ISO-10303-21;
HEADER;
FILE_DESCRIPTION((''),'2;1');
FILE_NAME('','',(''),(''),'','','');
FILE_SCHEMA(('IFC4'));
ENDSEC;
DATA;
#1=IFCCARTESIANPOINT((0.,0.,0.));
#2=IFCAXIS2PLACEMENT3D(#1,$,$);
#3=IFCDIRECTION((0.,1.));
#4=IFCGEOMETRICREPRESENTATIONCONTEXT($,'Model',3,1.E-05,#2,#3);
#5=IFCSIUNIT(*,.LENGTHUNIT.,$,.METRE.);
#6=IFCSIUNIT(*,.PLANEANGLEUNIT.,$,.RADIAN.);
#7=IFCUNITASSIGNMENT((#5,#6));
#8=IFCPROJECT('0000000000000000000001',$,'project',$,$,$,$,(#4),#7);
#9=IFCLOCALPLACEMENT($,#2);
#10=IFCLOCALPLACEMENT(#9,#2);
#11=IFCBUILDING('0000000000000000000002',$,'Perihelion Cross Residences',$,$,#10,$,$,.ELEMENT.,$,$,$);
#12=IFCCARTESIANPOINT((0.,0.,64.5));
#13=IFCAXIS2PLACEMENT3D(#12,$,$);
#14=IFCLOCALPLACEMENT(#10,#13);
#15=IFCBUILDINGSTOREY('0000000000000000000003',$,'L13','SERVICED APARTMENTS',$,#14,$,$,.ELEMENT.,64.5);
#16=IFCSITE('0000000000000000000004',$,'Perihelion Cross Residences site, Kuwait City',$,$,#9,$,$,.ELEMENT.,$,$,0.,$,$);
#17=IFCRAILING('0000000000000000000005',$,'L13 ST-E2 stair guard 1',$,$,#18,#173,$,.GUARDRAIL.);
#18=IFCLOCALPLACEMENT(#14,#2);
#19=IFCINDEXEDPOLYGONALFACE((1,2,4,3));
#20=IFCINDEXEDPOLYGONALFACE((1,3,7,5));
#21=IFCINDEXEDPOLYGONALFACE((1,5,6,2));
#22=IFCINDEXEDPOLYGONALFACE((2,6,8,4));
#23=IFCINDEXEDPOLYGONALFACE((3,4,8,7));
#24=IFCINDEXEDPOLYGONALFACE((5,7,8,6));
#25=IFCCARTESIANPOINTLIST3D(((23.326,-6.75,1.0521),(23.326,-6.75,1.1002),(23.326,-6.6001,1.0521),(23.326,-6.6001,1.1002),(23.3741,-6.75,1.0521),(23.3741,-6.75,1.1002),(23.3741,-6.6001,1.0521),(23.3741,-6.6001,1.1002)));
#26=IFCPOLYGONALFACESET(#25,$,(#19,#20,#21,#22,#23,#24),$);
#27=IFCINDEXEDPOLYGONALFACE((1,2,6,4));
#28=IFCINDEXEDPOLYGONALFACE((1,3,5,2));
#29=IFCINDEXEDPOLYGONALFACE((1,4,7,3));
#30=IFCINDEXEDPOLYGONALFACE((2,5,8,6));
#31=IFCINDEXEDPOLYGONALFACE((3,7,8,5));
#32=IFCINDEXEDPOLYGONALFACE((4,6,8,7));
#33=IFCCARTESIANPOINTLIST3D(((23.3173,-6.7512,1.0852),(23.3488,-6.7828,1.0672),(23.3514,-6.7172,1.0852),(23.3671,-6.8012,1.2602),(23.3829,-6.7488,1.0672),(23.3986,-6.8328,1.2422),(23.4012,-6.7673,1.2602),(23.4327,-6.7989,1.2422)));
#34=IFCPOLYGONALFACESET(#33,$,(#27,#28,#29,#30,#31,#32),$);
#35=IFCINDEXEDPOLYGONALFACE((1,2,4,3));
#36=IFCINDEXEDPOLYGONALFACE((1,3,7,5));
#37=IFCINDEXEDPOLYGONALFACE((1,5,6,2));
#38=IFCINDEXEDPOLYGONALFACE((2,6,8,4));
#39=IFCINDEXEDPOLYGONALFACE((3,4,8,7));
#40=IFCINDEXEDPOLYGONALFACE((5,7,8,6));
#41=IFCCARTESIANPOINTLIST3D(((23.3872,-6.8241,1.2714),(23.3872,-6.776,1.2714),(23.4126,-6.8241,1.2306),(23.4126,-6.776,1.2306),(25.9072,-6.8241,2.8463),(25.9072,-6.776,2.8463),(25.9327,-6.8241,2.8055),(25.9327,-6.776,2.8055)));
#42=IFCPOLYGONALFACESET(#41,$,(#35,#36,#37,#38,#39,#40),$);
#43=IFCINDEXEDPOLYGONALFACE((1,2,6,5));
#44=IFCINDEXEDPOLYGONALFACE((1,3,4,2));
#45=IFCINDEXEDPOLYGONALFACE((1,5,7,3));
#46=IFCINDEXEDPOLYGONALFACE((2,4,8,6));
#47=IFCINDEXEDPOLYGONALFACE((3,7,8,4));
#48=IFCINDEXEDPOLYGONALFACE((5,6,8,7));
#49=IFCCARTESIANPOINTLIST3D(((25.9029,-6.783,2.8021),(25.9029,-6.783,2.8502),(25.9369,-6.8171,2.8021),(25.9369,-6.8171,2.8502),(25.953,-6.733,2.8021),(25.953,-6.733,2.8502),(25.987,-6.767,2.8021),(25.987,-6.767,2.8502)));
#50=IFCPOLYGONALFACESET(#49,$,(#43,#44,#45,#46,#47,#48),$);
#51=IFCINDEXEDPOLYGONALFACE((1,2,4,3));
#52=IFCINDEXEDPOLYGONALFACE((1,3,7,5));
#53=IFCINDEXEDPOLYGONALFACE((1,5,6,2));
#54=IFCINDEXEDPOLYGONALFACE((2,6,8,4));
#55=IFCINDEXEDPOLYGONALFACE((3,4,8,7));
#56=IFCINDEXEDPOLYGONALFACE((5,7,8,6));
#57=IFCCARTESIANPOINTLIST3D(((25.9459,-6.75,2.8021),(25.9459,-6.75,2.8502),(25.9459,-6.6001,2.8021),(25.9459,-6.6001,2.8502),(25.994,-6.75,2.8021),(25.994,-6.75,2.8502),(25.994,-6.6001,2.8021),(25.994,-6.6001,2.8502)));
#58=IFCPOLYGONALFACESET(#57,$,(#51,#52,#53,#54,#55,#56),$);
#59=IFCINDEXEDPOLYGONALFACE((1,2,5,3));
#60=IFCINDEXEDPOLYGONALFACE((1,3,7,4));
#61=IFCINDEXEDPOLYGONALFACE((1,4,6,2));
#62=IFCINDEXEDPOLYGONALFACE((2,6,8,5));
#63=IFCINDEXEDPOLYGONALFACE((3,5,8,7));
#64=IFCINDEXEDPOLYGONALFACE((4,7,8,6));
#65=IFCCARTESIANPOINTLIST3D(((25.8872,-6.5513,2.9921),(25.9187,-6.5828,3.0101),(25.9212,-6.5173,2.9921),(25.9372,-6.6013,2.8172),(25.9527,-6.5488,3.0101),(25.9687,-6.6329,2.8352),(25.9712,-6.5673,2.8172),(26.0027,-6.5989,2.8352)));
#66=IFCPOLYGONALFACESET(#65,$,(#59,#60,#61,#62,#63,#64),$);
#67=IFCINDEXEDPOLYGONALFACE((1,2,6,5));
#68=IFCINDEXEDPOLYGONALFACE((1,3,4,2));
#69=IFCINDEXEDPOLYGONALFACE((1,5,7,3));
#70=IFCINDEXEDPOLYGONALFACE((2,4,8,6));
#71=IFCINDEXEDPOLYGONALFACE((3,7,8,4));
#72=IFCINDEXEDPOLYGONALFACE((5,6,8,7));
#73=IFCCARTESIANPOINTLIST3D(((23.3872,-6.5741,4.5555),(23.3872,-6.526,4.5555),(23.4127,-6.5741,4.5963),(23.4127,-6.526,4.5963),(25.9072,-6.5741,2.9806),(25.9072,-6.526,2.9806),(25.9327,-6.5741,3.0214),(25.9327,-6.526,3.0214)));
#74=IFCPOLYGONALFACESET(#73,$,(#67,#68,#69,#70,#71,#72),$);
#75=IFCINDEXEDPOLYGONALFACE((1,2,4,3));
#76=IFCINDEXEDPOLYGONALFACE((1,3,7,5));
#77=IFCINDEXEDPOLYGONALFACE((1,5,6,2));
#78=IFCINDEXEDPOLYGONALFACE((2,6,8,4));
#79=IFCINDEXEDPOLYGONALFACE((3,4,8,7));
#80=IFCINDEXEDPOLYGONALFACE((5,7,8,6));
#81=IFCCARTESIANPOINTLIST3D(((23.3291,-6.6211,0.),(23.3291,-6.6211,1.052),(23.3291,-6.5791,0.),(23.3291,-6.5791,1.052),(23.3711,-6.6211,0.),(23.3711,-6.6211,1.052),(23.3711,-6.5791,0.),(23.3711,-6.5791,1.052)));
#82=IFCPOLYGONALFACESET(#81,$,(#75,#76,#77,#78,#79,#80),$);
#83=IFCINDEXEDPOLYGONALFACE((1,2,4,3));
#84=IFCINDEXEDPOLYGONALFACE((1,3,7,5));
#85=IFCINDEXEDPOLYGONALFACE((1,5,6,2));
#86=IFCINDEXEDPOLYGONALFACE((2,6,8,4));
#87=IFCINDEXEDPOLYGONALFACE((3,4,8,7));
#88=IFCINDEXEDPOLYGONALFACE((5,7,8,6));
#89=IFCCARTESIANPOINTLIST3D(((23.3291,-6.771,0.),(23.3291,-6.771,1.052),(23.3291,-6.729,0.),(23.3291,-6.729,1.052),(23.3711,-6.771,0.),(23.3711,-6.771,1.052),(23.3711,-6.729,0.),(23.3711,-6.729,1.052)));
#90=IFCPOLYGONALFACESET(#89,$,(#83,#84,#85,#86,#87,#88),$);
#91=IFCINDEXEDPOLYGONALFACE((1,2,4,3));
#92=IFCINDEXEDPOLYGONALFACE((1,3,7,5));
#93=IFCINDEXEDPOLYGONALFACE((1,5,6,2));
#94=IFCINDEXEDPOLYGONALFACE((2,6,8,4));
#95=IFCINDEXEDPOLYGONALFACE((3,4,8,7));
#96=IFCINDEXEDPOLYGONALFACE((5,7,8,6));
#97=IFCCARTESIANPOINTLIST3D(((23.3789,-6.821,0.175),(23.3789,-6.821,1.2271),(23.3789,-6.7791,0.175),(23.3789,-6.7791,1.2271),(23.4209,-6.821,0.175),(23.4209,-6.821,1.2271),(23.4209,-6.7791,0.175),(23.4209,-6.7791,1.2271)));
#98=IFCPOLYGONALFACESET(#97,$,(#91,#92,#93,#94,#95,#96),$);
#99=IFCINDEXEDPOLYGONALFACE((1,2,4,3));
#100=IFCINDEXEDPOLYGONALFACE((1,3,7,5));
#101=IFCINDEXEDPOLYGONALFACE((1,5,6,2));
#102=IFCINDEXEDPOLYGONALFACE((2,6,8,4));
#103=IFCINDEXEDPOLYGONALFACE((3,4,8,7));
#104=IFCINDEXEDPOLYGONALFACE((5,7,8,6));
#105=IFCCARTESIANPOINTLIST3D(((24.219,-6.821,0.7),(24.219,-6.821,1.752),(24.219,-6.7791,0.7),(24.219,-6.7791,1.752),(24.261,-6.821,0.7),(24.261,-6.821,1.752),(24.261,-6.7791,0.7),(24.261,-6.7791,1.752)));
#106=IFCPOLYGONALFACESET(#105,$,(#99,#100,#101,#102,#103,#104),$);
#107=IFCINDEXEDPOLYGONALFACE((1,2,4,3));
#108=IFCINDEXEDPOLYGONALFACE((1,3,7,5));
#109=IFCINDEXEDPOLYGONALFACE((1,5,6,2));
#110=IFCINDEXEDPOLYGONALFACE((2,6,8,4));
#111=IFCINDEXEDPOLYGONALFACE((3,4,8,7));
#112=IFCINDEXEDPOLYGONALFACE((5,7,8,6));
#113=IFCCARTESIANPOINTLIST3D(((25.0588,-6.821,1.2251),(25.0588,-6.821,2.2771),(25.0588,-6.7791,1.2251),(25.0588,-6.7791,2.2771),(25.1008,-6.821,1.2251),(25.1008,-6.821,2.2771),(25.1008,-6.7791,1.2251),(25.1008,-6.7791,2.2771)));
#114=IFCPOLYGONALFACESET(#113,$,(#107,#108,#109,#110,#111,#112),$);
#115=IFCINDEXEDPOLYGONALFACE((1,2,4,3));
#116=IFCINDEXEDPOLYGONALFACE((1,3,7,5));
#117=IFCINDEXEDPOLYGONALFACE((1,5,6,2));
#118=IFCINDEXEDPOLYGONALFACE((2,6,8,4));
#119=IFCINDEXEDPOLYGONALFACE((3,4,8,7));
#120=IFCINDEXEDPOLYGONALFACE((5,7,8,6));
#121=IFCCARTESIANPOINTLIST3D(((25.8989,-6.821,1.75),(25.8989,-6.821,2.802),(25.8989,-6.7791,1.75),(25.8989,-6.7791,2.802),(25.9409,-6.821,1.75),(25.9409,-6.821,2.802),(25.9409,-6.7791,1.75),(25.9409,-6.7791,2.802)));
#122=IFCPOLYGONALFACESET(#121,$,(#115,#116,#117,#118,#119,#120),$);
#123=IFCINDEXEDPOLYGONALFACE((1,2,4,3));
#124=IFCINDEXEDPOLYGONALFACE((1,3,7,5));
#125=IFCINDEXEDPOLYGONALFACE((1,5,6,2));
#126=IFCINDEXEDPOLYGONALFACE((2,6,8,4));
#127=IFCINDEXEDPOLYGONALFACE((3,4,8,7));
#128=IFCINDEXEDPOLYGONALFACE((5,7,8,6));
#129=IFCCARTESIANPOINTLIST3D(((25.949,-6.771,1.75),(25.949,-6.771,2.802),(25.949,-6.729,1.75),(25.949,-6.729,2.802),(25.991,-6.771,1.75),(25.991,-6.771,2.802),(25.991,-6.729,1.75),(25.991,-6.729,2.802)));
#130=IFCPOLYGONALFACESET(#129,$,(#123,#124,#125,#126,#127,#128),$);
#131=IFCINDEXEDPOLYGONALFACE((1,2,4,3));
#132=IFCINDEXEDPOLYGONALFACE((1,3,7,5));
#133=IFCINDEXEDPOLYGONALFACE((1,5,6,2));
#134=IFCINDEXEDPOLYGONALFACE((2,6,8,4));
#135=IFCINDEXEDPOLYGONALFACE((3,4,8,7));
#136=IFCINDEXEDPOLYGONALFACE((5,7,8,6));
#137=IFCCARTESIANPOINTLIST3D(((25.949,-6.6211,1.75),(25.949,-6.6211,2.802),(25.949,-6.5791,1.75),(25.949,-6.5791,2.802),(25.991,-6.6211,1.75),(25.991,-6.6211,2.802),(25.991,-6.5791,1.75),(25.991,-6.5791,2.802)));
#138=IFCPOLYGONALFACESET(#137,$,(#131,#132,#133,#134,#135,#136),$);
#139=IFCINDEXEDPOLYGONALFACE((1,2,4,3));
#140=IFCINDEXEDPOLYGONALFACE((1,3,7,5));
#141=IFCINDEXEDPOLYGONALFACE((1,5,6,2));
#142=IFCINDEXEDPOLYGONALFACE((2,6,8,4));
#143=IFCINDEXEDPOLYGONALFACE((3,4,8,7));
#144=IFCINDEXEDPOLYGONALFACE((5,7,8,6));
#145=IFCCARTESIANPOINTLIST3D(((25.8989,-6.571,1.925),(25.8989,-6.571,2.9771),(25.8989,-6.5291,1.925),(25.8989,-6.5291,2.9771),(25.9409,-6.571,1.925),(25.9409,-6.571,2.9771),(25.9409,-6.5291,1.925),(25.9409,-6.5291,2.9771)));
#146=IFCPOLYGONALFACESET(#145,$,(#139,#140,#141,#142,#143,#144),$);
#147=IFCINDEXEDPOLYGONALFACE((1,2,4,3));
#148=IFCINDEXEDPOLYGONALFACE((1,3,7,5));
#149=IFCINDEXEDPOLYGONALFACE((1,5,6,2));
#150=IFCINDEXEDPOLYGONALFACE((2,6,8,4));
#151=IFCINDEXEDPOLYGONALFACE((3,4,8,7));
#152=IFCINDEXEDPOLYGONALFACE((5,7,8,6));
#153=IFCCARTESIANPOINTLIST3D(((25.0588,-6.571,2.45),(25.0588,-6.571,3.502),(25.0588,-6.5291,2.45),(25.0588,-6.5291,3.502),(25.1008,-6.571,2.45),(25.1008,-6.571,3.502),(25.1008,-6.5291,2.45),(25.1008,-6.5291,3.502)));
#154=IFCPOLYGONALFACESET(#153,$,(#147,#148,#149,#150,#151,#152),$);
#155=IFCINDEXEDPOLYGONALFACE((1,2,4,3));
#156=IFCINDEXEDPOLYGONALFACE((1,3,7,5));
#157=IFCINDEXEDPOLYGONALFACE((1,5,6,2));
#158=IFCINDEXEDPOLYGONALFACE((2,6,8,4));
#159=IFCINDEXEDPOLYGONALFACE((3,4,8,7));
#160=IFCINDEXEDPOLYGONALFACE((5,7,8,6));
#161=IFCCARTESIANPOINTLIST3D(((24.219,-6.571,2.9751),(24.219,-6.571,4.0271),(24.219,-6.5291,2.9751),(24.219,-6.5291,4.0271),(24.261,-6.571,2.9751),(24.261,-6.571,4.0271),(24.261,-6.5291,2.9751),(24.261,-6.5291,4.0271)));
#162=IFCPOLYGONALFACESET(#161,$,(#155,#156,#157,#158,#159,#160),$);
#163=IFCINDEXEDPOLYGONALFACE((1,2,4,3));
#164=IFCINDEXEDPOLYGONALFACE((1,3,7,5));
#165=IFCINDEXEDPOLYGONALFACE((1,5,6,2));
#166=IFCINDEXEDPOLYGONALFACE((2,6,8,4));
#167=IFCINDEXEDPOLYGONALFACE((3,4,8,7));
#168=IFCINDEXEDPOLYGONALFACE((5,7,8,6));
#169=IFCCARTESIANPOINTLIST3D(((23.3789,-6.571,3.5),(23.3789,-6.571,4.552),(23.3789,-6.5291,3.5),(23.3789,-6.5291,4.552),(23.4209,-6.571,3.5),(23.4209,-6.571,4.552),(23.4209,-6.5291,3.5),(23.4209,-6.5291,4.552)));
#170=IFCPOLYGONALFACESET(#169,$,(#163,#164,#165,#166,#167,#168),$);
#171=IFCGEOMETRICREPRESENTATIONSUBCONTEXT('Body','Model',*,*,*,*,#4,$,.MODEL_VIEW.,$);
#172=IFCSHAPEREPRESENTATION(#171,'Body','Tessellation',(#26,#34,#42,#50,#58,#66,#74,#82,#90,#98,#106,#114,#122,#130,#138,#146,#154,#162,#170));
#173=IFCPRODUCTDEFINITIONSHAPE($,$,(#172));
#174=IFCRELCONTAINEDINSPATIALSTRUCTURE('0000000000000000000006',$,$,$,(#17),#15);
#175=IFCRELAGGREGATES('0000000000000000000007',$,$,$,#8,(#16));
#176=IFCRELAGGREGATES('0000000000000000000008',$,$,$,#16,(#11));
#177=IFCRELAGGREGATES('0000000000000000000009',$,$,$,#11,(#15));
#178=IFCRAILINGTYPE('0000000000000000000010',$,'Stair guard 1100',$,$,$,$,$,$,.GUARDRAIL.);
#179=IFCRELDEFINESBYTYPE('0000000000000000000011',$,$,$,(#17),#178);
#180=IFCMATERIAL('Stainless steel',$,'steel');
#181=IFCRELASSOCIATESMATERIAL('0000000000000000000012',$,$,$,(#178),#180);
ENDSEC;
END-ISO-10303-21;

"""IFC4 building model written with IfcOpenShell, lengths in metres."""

from ifc_helpers import new_model, si_unit, direction, frame, origin, origin_2d, place, context, subcontext, project, spatial, rectangle, extrude, material, type_object, element, save


model = new_model("IFC4")

# Units and contexts
model_context = context("Model", 3, precision=1e-05, world=origin(), true_north=direction((0.0, 1.0)))
body_context = subcontext(model_context, "Body", "Model", "MODEL_VIEW")
ifc_project = project(units=[si_unit("LENGTHUNIT", "METRE"), si_unit("PLANEANGLEUNIT", "RADIAN")], contexts=[model_context])

# Site, building, storey
site_placement = place(None, origin())
site = spatial("IfcSite", under=ifc_project, at=site_placement, Name="Perihelion Cross Residences site, Kuwait City", CompositionType="ELEMENT", RefElevation=0.0)
building_placement = place(site_placement, origin())
building = spatial("IfcBuilding", under=site, at=building_placement, Name="Perihelion Cross Residences", CompositionType="ELEMENT")
storey_placement = place(building_placement, frame((0.0, 0.0, 64.5)))
storey = spatial("IfcBuildingStorey", under=building, at=storey_placement, Name="L13", Description="SERVICED APARTMENTS", CompositionType="ELEMENT", Elevation=64.5)

# Railing
ifc_material_1 = material(Name="Stainless steel", Category="steel")
railing_type_1 = type_object("IfcRailingType", Name="Stair guard 1100", PredefinedType="GUARDRAIL", material=ifc_material_1)
railing_1_placement = place(storey_placement, frame((23.3501, -6.6001, 0.0)))
element("IfcRailing", 1, at=railing_1_placement, inside=storey, type_object=railing_type_1, Name="L13 ST-E2 stair guard 1", PredefinedType="GUARDRAIL", context=body_context, shape_type="SweptSolid", body=[
    extrude(rectangle(XDim=0.0481, YDim=0.0481, at=origin_2d()), frame((0.0, 0.0, 1.0762), z_axis=(0.0, -1.0, 0.0), x_axis=(1.0, 0.0, 0.0)), (0.0, 0.0, 1.0), 0.1499),
    extrude(rectangle(XDim=0.0481, YDim=0.0481, at=origin_2d()), frame((0.0, -0.1499, 1.0762), z_axis=(0.263862, -0.265156, 0.927399), x_axis=(0.708834, 0.705376, 0.0)), (0.0, 0.0, 1.0), 0.1887),
    extrude(rectangle(XDim=0.0481, YDim=0.0481, at=origin_2d()), frame((0.0498, -0.2, 1.251), z_axis=(0.848008, 0.0, 0.529984), x_axis=(0.0, 1.0, 0.0)), (0.0, 0.0, 1.0), 2.9717),
    extrude(rectangle(XDim=0.0481, YDim=0.0481, at=origin_2d()), frame((2.5698, -0.2, 2.8262), z_axis=(0.707107, 0.707107, 0.0), x_axis=(-0.707107, 0.707107, 0.0)), (0.0, 0.0, 1.0), 0.0708),
    extrude(rectangle(XDim=0.0481, YDim=0.0481, at=origin_2d()), frame((2.6199, -0.1499, 2.8262), z_axis=(0.0, 1.0, 0.0), x_axis=(-1.0, 0.0, 0.0)), (0.0, 0.0, 1.0), 0.1499),
    extrude(rectangle(XDim=0.0481, YDim=0.0481, at=origin_2d()), frame((2.6199, 0.0, 2.8262), z_axis=(-0.265065, 0.265065, 0.927082), x_axis=(-0.707107, -0.707107, 0.0)), (0.0, 0.0, 1.0), 0.1887),
    extrude(rectangle(XDim=0.0481, YDim=0.0481, at=origin_2d()), frame((2.5698, 0.05, 3.001), z_axis=(-0.848008, 0.0, 0.529984), x_axis=(0.0, -1.0, 0.0)), (0.0, 0.0, 1.0), 2.9717),
    extrude(rectangle(XDim=0.042, YDim=0.042, at=origin_2d()), origin(), (0.0, 0.0, 1.0), 1.052),
    extrude(rectangle(XDim=0.042, YDim=0.042, at=origin_2d()), frame((0.0, -0.1499, 0.0)), (0.0, 0.0, 1.0), 1.052),
    extrude(rectangle(XDim=0.042, YDim=0.042, at=origin_2d()), frame((0.0498, -0.2, 0.175)), (0.0, 0.0, 1.0), 1.052),
    extrude(rectangle(XDim=0.042, YDim=0.042, at=origin_2d()), frame((0.8899, -0.2, 0.7)), (0.0, 0.0, 1.0), 1.052),
    extrude(rectangle(XDim=0.042, YDim=0.042, at=origin_2d()), frame((1.7297, -0.2, 1.2251)), (0.0, 0.0, 1.0), 1.052),
    extrude(rectangle(XDim=0.042, YDim=0.042, at=origin_2d()), frame((2.5698, -0.2, 1.75)), (0.0, 0.0, 1.0), 1.052),
    extrude(rectangle(XDim=0.042, YDim=0.042, at=origin_2d()), frame((2.6199, -0.1499, 1.75)), (0.0, 0.0, 1.0), 1.052),
    extrude(rectangle(XDim=0.042, YDim=0.042, at=origin_2d()), frame((2.6199, 0.0, 1.75)), (0.0, 0.0, 1.0), 1.052),
    extrude(rectangle(XDim=0.042, YDim=0.042, at=origin_2d()), frame((2.5698, 0.05, 1.925)), (0.0, 0.0, 1.0), 1.052),
    extrude(rectangle(XDim=0.042, YDim=0.042, at=origin_2d()), frame((1.7297, 0.05, 2.45)), (0.0, 0.0, 1.0), 1.052),
    extrude(rectangle(XDim=0.042, YDim=0.042, at=origin_2d()), frame((0.8899, 0.05, 2.9751)), (0.0, 0.0, 1.0), 1.052),
    extrude(rectangle(XDim=0.042, YDim=0.042, at=origin_2d()), frame((0.0498, 0.05, 3.5)), (0.0, 0.0, 1.0), 1.052),
])

save(model, "model.ifc")
